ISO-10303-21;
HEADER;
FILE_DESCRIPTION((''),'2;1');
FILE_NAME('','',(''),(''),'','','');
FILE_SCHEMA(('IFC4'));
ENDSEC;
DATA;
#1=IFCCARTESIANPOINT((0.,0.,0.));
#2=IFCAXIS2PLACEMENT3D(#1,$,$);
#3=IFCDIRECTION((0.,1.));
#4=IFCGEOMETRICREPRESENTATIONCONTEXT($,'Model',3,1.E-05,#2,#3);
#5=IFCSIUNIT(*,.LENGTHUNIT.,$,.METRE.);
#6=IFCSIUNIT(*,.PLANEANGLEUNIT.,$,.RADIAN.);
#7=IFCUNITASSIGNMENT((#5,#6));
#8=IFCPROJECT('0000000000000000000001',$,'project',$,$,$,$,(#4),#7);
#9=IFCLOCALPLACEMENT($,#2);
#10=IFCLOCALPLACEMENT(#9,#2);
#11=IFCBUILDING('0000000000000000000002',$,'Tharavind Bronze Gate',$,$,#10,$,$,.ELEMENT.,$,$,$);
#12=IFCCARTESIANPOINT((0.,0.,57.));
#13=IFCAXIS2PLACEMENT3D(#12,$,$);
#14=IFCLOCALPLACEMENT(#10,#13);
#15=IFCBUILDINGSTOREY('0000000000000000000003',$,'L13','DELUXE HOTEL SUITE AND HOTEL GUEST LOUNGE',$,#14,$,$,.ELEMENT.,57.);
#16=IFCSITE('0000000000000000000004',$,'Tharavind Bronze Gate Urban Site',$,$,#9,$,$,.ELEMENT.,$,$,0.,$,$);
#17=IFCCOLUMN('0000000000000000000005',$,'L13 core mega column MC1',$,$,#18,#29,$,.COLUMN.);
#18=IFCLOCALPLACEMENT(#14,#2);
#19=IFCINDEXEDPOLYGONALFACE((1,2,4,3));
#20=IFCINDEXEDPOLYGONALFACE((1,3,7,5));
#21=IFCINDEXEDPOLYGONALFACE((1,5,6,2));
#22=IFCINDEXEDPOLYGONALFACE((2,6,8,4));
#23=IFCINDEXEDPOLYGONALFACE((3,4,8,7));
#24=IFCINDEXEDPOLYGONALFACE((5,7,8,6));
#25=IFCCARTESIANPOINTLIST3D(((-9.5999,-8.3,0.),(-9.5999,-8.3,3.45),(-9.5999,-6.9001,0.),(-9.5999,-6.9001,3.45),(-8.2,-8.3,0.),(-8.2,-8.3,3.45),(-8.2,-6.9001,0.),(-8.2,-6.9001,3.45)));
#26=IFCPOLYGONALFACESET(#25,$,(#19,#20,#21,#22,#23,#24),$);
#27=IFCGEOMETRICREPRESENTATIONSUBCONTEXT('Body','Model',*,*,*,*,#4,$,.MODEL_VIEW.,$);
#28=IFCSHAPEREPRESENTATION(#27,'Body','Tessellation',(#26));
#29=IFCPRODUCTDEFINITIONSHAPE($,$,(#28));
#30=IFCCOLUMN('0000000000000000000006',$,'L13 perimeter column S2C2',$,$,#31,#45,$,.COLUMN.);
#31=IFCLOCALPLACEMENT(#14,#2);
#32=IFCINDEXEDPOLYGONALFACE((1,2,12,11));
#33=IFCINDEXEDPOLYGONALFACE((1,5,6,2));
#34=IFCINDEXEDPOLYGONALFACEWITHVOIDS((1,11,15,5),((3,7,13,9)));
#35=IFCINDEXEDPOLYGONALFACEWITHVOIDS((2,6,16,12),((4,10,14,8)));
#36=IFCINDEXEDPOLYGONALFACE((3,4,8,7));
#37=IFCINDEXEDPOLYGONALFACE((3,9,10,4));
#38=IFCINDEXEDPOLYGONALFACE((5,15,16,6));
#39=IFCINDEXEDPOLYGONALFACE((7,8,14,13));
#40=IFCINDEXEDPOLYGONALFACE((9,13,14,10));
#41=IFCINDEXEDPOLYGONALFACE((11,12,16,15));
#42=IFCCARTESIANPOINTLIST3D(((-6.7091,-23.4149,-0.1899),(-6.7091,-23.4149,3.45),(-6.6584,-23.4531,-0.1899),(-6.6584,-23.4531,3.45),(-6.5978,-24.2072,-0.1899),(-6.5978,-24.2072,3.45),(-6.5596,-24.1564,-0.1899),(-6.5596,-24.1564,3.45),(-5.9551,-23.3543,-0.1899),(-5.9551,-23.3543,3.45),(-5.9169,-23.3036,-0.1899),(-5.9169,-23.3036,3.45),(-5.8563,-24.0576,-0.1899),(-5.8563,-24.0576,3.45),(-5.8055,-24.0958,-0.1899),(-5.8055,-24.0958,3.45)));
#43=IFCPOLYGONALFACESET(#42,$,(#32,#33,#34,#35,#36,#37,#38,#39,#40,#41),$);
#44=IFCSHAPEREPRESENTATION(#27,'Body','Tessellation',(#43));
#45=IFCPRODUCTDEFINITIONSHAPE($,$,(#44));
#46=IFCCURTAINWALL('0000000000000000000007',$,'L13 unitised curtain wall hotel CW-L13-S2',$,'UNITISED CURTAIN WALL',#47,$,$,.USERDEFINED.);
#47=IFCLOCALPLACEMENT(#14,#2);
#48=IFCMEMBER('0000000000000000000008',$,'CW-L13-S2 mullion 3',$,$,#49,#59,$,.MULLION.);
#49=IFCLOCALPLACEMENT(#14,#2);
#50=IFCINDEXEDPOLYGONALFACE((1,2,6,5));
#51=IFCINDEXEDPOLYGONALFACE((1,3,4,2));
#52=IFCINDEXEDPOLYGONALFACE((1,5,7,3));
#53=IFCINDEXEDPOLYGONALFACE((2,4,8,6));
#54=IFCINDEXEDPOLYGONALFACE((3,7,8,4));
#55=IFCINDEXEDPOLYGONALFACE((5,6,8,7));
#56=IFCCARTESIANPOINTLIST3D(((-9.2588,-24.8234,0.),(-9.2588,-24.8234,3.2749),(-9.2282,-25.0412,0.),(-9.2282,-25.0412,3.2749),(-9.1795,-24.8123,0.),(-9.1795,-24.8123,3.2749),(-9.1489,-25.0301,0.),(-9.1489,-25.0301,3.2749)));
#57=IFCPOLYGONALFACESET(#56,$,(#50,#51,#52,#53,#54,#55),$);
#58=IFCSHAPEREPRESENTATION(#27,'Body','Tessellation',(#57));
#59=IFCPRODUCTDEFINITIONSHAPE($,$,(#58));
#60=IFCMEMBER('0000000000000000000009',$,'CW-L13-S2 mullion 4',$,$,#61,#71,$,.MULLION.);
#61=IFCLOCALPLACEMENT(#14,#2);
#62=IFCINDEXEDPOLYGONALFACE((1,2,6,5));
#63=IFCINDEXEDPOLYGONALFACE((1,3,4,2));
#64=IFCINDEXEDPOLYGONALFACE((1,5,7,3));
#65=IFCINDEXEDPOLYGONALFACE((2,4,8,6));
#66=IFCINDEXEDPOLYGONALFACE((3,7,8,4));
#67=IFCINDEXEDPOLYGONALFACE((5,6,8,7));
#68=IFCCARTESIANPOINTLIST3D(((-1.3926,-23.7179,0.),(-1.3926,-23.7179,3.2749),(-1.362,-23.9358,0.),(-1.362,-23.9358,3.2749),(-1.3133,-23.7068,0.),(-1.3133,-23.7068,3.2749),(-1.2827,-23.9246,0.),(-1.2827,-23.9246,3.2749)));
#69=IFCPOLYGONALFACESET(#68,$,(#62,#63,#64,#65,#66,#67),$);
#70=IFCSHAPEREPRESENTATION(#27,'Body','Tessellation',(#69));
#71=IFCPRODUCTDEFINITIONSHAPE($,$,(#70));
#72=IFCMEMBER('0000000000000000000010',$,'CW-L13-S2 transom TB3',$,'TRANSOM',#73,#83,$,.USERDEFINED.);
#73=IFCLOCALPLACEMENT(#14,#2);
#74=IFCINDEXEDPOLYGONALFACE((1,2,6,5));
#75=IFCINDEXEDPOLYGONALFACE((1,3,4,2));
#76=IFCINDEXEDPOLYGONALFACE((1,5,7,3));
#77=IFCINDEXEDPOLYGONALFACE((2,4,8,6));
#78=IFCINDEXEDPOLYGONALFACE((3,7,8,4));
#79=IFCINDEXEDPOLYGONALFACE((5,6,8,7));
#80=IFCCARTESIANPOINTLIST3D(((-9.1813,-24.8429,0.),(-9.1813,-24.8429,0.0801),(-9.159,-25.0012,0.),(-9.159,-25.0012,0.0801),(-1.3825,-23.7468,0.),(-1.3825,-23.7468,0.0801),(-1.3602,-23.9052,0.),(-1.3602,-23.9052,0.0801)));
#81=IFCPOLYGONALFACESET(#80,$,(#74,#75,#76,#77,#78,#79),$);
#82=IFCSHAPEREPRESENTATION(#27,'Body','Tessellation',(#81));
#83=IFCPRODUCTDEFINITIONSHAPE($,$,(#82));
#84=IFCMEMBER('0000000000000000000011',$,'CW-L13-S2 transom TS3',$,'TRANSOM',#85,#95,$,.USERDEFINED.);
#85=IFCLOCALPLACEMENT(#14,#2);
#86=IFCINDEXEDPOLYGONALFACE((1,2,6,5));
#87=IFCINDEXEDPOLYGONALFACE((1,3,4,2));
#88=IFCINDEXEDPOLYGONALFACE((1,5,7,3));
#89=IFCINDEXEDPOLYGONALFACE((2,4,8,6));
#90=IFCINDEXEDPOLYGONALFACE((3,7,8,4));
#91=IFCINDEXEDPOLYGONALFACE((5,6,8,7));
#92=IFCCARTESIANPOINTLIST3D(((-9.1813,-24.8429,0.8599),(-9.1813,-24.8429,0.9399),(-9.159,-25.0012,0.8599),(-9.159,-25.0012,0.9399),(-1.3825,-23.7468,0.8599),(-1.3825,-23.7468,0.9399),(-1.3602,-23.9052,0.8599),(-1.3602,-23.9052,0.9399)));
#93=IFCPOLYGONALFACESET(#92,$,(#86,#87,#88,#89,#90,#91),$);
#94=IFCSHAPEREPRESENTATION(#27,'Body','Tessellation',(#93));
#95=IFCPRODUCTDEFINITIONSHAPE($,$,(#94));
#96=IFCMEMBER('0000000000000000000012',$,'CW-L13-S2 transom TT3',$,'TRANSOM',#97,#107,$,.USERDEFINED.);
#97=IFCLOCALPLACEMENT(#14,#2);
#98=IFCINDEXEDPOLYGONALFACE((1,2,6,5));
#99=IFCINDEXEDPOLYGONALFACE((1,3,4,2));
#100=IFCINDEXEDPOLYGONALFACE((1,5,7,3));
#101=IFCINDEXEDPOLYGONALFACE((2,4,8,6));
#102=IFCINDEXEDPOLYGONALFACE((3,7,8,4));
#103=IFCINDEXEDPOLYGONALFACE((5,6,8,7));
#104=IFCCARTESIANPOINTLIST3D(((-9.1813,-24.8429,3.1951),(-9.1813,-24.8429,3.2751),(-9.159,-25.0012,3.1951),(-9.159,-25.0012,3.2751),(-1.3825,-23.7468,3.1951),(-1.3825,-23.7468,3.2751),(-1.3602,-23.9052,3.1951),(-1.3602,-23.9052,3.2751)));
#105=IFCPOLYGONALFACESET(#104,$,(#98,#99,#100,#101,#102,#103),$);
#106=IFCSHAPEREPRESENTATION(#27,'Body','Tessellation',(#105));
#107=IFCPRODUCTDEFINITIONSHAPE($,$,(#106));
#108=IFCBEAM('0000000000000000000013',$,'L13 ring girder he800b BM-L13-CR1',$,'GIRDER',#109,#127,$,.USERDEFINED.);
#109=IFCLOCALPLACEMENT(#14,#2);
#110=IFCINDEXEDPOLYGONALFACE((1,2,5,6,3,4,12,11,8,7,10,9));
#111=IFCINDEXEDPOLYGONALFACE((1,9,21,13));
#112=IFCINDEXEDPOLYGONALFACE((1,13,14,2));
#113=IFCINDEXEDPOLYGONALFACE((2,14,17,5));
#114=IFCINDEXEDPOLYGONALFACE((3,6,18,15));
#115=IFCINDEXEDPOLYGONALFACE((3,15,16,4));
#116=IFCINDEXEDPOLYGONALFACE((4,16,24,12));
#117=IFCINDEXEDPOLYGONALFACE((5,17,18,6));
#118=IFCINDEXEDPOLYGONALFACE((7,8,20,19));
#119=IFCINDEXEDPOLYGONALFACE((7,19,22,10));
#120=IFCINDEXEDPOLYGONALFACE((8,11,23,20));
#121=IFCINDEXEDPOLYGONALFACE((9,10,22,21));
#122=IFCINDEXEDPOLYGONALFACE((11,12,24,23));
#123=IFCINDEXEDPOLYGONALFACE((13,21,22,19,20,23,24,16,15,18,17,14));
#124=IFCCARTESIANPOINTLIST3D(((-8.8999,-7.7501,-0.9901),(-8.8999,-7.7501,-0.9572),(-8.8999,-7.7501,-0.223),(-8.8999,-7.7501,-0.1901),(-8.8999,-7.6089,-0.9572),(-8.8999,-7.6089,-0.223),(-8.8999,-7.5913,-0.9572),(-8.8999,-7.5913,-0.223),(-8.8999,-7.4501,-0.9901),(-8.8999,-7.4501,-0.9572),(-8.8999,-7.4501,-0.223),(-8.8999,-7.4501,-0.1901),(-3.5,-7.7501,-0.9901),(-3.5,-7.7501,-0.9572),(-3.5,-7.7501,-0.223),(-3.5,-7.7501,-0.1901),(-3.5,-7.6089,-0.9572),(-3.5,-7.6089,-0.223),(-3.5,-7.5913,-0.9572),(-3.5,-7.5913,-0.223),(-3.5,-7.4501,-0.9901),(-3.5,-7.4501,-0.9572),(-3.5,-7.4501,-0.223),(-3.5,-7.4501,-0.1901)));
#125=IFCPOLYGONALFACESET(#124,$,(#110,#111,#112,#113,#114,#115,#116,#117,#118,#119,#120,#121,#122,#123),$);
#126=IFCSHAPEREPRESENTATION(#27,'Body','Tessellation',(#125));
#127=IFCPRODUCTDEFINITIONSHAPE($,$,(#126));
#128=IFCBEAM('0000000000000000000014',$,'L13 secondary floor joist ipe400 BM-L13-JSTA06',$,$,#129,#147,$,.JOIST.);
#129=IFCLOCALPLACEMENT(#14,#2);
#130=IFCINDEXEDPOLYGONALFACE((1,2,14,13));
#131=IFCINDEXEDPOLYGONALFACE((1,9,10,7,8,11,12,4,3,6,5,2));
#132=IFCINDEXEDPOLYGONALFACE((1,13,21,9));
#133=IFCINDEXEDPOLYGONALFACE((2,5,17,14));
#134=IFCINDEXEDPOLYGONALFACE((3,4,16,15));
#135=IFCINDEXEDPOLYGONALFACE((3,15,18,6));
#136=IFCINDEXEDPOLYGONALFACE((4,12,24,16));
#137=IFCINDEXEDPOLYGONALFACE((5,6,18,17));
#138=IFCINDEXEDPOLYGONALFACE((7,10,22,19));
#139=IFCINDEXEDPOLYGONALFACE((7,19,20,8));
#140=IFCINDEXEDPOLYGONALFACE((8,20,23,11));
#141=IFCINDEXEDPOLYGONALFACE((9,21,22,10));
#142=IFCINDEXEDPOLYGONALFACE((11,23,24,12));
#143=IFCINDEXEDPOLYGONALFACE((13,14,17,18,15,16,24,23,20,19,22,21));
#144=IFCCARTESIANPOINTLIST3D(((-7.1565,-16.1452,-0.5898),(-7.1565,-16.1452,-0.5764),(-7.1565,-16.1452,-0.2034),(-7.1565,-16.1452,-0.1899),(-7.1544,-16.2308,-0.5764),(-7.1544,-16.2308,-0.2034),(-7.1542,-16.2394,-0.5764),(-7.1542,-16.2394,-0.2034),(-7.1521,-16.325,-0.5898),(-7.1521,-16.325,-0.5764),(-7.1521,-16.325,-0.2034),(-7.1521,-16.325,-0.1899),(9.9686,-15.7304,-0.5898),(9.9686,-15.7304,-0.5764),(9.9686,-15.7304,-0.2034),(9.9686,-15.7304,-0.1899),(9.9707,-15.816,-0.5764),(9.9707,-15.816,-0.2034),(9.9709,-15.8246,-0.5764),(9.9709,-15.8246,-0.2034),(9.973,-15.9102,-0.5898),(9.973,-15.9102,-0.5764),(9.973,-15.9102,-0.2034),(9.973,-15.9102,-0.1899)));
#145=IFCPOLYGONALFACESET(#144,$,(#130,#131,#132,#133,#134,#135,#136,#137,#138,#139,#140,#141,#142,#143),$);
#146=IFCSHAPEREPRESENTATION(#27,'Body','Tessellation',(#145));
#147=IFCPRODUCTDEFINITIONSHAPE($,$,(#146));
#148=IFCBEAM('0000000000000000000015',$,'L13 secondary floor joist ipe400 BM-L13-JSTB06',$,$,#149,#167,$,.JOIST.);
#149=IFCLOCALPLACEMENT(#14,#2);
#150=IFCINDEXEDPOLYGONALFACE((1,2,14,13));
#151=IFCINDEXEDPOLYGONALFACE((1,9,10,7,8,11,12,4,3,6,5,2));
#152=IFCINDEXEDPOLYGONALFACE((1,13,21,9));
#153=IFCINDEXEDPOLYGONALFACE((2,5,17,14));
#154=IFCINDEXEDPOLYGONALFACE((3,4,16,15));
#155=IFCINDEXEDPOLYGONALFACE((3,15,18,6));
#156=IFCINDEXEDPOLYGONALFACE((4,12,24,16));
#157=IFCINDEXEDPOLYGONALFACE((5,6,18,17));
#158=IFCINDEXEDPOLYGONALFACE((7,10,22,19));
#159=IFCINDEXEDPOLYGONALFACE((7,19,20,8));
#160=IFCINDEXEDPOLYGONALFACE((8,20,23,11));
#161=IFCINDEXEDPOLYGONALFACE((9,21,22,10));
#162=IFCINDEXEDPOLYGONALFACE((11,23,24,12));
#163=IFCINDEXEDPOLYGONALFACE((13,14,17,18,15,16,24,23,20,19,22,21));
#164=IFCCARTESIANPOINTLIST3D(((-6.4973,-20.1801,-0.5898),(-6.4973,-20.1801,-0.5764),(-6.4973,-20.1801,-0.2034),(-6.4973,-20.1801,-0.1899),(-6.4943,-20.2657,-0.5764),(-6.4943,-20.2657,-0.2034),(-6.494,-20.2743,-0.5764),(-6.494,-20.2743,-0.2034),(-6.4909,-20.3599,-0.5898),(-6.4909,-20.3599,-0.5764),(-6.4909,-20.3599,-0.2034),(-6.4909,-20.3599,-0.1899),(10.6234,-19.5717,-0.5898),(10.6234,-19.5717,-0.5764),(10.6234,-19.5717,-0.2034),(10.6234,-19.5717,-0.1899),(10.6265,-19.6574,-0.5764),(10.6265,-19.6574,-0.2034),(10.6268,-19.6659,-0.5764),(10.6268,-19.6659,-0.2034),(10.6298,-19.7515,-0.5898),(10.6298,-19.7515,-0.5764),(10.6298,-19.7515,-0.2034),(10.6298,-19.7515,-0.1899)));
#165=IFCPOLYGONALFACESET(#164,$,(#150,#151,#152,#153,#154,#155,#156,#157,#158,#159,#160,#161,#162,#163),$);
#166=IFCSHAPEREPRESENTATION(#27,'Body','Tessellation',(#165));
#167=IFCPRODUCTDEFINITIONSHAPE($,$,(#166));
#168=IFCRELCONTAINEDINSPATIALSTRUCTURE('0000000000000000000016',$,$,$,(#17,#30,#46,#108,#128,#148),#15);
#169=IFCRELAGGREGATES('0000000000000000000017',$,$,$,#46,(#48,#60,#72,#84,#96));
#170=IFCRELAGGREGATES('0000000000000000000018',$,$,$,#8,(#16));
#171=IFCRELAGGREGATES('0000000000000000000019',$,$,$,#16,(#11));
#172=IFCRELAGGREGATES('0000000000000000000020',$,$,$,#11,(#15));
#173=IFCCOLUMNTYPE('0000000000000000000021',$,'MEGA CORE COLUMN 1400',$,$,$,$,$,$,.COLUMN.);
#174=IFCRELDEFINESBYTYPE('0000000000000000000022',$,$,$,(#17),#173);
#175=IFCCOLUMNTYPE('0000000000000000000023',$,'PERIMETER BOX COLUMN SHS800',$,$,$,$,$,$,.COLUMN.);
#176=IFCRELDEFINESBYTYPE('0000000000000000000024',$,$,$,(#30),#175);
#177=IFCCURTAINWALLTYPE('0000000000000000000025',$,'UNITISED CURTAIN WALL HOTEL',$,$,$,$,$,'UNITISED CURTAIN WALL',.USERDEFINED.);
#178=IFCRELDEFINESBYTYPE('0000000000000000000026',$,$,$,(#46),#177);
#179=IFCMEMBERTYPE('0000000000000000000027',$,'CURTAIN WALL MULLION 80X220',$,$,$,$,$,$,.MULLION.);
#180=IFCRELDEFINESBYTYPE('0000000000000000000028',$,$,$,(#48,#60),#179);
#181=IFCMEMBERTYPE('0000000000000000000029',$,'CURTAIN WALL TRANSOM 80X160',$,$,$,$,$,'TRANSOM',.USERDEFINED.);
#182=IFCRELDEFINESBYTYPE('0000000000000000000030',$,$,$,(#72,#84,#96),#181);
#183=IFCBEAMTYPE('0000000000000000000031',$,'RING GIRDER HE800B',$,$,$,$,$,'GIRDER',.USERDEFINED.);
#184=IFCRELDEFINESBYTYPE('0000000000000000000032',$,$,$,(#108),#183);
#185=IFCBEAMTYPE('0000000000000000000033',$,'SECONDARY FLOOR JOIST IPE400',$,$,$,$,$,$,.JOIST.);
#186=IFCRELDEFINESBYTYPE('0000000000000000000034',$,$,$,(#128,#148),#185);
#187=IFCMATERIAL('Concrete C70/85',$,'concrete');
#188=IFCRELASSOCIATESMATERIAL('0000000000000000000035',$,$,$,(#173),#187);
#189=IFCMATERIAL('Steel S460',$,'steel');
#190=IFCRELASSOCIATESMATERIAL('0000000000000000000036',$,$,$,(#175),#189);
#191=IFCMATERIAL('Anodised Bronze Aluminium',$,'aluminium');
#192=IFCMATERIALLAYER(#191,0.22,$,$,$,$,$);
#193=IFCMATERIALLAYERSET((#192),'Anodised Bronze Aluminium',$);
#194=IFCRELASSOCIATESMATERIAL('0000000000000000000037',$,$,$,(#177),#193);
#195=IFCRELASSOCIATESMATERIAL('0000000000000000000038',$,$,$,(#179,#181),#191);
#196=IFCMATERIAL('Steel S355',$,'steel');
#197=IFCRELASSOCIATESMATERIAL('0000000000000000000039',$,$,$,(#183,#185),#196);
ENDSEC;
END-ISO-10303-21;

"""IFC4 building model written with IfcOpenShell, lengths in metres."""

from ifc_helpers import new_model, si_unit, direction, frame, origin, origin_2d, place, context, subcontext, project, spatial, rectangle, hollow_rectangle, i_section, extrude, material, layer, layer_set, material_profile, profile_set, type_object, element, aggregate, save


model = new_model("IFC4")

# Units and contexts
model_context = context("Model", 3, precision=1e-05, world=origin(), true_north=direction((0.0, 1.0)))
body_context = subcontext(model_context, "Body", "Model", "MODEL_VIEW")
ifc_project = project(units=[si_unit("LENGTHUNIT", "METRE"), si_unit("PLANEANGLEUNIT", "RADIAN")], contexts=[model_context])

# Site, building, storey
site_placement = place(None, origin())
site = spatial("IfcSite", under=ifc_project, at=site_placement, Name="Tharavind Bronze Gate Urban Site", CompositionType="ELEMENT", RefElevation=0.0)
building_placement = place(site_placement, origin())
building = spatial("IfcBuilding", under=site, at=building_placement, Name="Tharavind Bronze Gate", CompositionType="ELEMENT")
storey_placement = place(building_placement, frame((0.0, 0.0, 57.0)))
storey = spatial("IfcBuildingStorey", under=building, at=storey_placement, Name="L13", Description="DELUXE HOTEL SUITE AND HOTEL GUEST LOUNGE", CompositionType="ELEMENT", Elevation=57.0)

# Columns
ifc_material_1 = material(Name="Concrete C70/85", Category="concrete")
ifc_material_profile_1 = material_profile(ifc_material_1, rectangle(XDim=1.3999, YDim=1.3999, at=origin_2d()), Name="RCCOL1400")
ifc_profile_set_1 = profile_set([ifc_material_profile_1], Name="Concrete C70/85")
column_type_1 = type_object("IfcColumnType", Name="MEGA CORE COLUMN 1400", PredefinedType="COLUMN", material=ifc_profile_set_1)
column_1_placement = place(storey_placement, frame((-8.8999, -7.6001, 0.0), z_axis=(0.0, 0.0, 1.0), x_axis=(1.0, 0.0, 0.0)))
element("IfcColumn", 1, at=column_1_placement, inside=storey, type_object=column_type_1, Name="L13 core mega column MC1", PredefinedType="COLUMN", context=body_context, shape_type="SweptSolid", body=[
    extrude(rectangle(XDim=1.3999, YDim=1.3999, at=origin_2d()), origin(), (0.0, 0.0, 1.0), 3.45),
])
ifc_material_2 = material(Name="Steel S460", Category="steel")
ifc_material_profile_2 = material_profile(ifc_material_2, hollow_rectangle(XDim=0.8, YDim=0.8, WallThickness=0.0449, at=origin_2d()), Name="SHS800X45")
ifc_profile_set_2 = profile_set([ifc_material_profile_2], Name="Steel S460")
column_type_2 = type_object("IfcColumnType", Name="PERIMETER BOX COLUMN SHS800", PredefinedType="COLUMN", material=ifc_profile_set_2)
column_2_placement = place(storey_placement, frame((-6.2573, -23.7554, -0.1899), z_axis=(0.0, 0.0, 1.0), x_axis=(0.990268, 0.139173, 0.0)))
element("IfcColumn", 2, at=column_2_placement, inside=storey, type_object=column_type_2, Name="L13 perimeter column S2C2", PredefinedType="COLUMN", context=body_context, shape_type="SweptSolid", body=[
    extrude(hollow_rectangle(XDim=0.8, YDim=0.8, WallThickness=0.0449, at=origin_2d()), origin(), (0.0, 0.0, 1.0), 3.6399),
])

# Curtain wall, members
ifc_material_3 = material(Name="Anodised Bronze Aluminium", Category="aluminium")
ifc_layer_1 = layer(ifc_material_3, 0.22)
ifc_layer_set_1 = layer_set([ifc_layer_1], Name="Anodised Bronze Aluminium")
curtain_wall_type = type_object("IfcCurtainWallType", Name="UNITISED CURTAIN WALL HOTEL", ElementType="UNITISED CURTAIN WALL", PredefinedType="USERDEFINED", material=ifc_layer_set_1)
curtain_wall_placement = place(storey_placement, origin())
curtain_wall = element("IfcCurtainWall", 3, at=curtain_wall_placement, inside=storey, type_object=curtain_wall_type, Name="L13 unitised curtain wall hotel CW-L13-S2", ObjectType="UNITISED CURTAIN WALL", PredefinedType="USERDEFINED")
member_type_1 = type_object("IfcMemberType", Name="CURTAIN WALL MULLION 80X220", PredefinedType="MULLION", material=ifc_material_3)
member_1_placement = place(storey_placement, frame((-9.2039, -24.9268, 0.0), z_axis=(0.0, 0.0, 1.0), x_axis=(0.990268, 0.139173, 0.0)))
member_1 = element("IfcMember", 4, at=member_1_placement, type_object=member_type_1, Name="CW-L13-S2 mullion 3", PredefinedType="MULLION", context=body_context, shape_type="SweptSolid", body=[
    extrude(rectangle(XDim=0.0801, YDim=0.22, at=origin_2d()), origin(), (0.0, 0.0, 1.0), 3.2749),
])
member_2_placement = place(storey_placement, frame((-1.3376, -23.8213, 0.0), z_axis=(0.0, 0.0, 1.0), x_axis=(0.990268, 0.139173, 0.0)))
member_2 = element("IfcMember", 5, at=member_2_placement, type_object=member_type_1, Name="CW-L13-S2 mullion 4", PredefinedType="MULLION", context=body_context, shape_type="SweptSolid", body=[
    extrude(rectangle(XDim=0.0801, YDim=0.22, at=origin_2d()), origin(), (0.0, 0.0, 1.0), 3.2749),
])
member_type_2 = type_object("IfcMemberType", Name="CURTAIN WALL TRANSOM 80X160", ElementType="TRANSOM", PredefinedType="USERDEFINED", material=ifc_material_3)
member_3_placement = place(storey_placement, frame((-5.2708, -24.374, 0.0), z_axis=(0.0, 0.0, 1.0), x_axis=(0.990268, 0.139173, 0.0)))
member_3 = element("IfcMember", 6, at=member_3_placement, type_object=member_type_2, Name="CW-L13-S2 transom TB3", ObjectType="TRANSOM", PredefinedType="USERDEFINED", context=body_context, shape_type="SweptSolid", body=[
    extrude(rectangle(XDim=7.8755, YDim=0.1599, at=origin_2d()), origin(), (0.0, 0.0, 1.0), 0.0801),
])
member_4_placement = place(storey_placement, frame((-5.2708, -24.374, 0.8599), z_axis=(0.0, 0.0, 1.0), x_axis=(0.990268, 0.139173, 0.0)))
member_4 = element("IfcMember", 7, at=member_4_placement, type_object=member_type_2, Name="CW-L13-S2 transom TS3", ObjectType="TRANSOM", PredefinedType="USERDEFINED", context=body_context, shape_type="SweptSolid", body=[
    extrude(rectangle(XDim=7.8755, YDim=0.1599, at=origin_2d()), origin(), (0.0, 0.0, 1.0), 0.0801),
])
member_5_placement = place(storey_placement, frame((-5.2708, -24.374, 3.1951), z_axis=(0.0, 0.0, 1.0), x_axis=(0.990268, 0.139173, 0.0)))
member_5 = element("IfcMember", 8, at=member_5_placement, type_object=member_type_2, Name="CW-L13-S2 transom TT3", ObjectType="TRANSOM", PredefinedType="USERDEFINED", context=body_context, shape_type="SweptSolid", body=[
    extrude(rectangle(XDim=7.8755, YDim=0.1599, at=origin_2d()), origin(), (0.0, 0.0, 1.0), 0.0801),
])

# Beams
ifc_material_4 = material(Name="Steel S355", Category="steel")
ifc_material_profile_3 = material_profile(ifc_material_4, i_section(OverallWidth=0.3, OverallDepth=0.8, WebThickness=0.0176, FlangeThickness=0.033, at=origin_2d()), Name="HE800B")
ifc_profile_set_3 = profile_set([ifc_material_profile_3], Name="Steel S355")
beam_type_1 = type_object("IfcBeamType", Name="RING GIRDER HE800B", ElementType="GIRDER", PredefinedType="USERDEFINED", material=ifc_profile_set_3)
beam_1_placement = place(storey_placement, frame((-8.8999, -7.6001, -0.5901), z_axis=(1.0, 0.0, 0.0), x_axis=(0.0, 1.0, 0.0)))
element("IfcBeam", 9, at=beam_1_placement, inside=storey, type_object=beam_type_1, Name="L13 ring girder he800b BM-L13-CR1", ObjectType="GIRDER", PredefinedType="USERDEFINED", context=body_context, shape_type="SweptSolid", body=[
    extrude(i_section(OverallWidth=0.3, OverallDepth=0.8, WebThickness=0.0176, FlangeThickness=0.033, at=origin_2d()), origin(), (0.0, 0.0, 1.0), 5.3999),
])
ifc_material_profile_4 = material_profile(ifc_material_4, i_section(OverallWidth=0.1799, OverallDepth=0.3999, WebThickness=0.0085, FlangeThickness=0.0134, at=origin_2d()), Name="IPE400")
ifc_profile_set_4 = profile_set([ifc_material_profile_4], Name="Steel S355")
beam_type_2 = type_object("IfcBeamType", Name="SECONDARY FLOOR JOIST IPE400", PredefinedType="JOIST", material=ifc_profile_set_4)
beam_2_placement = place(storey_placement, frame((-7.1543, -16.2351, -0.3899), z_axis=(0.999707, 0.024214, 0.0), x_axis=(-0.024214, 0.999707, 0.0)))
element("IfcBeam", 10, at=beam_2_placement, inside=storey, type_object=beam_type_2, Name="L13 secondary floor joist ipe400 BM-L13-JSTA06", PredefinedType="JOIST", context=body_context, shape_type="SweptSolid", body=[
    extrude(i_section(OverallWidth=0.1799, OverallDepth=0.3999, WebThickness=0.0085, FlangeThickness=0.0134, at=origin_2d()), origin(), (0.0, 0.0, 1.0), 17.1301),
])
beam_3_placement = place(storey_placement, frame((-6.4941, -20.27, -0.3899), z_axis=(0.999369, 0.035513, 0.0), x_axis=(-0.035513, 0.999369, 0.0)))
element("IfcBeam", 11, at=beam_3_placement, inside=storey, type_object=beam_type_2, Name="L13 secondary floor joist ipe400 BM-L13-JSTB06", PredefinedType="JOIST", context=body_context, shape_type="SweptSolid", body=[
    extrude(i_section(OverallWidth=0.1799, OverallDepth=0.3999, WebThickness=0.0085, FlangeThickness=0.0134, at=origin_2d()), origin(), (0.0, 0.0, 1.0), 17.1316),
])

aggregate(curtain_wall, [member_1, member_2, member_3, member_4, member_5])

save(model, "model.ifc")
